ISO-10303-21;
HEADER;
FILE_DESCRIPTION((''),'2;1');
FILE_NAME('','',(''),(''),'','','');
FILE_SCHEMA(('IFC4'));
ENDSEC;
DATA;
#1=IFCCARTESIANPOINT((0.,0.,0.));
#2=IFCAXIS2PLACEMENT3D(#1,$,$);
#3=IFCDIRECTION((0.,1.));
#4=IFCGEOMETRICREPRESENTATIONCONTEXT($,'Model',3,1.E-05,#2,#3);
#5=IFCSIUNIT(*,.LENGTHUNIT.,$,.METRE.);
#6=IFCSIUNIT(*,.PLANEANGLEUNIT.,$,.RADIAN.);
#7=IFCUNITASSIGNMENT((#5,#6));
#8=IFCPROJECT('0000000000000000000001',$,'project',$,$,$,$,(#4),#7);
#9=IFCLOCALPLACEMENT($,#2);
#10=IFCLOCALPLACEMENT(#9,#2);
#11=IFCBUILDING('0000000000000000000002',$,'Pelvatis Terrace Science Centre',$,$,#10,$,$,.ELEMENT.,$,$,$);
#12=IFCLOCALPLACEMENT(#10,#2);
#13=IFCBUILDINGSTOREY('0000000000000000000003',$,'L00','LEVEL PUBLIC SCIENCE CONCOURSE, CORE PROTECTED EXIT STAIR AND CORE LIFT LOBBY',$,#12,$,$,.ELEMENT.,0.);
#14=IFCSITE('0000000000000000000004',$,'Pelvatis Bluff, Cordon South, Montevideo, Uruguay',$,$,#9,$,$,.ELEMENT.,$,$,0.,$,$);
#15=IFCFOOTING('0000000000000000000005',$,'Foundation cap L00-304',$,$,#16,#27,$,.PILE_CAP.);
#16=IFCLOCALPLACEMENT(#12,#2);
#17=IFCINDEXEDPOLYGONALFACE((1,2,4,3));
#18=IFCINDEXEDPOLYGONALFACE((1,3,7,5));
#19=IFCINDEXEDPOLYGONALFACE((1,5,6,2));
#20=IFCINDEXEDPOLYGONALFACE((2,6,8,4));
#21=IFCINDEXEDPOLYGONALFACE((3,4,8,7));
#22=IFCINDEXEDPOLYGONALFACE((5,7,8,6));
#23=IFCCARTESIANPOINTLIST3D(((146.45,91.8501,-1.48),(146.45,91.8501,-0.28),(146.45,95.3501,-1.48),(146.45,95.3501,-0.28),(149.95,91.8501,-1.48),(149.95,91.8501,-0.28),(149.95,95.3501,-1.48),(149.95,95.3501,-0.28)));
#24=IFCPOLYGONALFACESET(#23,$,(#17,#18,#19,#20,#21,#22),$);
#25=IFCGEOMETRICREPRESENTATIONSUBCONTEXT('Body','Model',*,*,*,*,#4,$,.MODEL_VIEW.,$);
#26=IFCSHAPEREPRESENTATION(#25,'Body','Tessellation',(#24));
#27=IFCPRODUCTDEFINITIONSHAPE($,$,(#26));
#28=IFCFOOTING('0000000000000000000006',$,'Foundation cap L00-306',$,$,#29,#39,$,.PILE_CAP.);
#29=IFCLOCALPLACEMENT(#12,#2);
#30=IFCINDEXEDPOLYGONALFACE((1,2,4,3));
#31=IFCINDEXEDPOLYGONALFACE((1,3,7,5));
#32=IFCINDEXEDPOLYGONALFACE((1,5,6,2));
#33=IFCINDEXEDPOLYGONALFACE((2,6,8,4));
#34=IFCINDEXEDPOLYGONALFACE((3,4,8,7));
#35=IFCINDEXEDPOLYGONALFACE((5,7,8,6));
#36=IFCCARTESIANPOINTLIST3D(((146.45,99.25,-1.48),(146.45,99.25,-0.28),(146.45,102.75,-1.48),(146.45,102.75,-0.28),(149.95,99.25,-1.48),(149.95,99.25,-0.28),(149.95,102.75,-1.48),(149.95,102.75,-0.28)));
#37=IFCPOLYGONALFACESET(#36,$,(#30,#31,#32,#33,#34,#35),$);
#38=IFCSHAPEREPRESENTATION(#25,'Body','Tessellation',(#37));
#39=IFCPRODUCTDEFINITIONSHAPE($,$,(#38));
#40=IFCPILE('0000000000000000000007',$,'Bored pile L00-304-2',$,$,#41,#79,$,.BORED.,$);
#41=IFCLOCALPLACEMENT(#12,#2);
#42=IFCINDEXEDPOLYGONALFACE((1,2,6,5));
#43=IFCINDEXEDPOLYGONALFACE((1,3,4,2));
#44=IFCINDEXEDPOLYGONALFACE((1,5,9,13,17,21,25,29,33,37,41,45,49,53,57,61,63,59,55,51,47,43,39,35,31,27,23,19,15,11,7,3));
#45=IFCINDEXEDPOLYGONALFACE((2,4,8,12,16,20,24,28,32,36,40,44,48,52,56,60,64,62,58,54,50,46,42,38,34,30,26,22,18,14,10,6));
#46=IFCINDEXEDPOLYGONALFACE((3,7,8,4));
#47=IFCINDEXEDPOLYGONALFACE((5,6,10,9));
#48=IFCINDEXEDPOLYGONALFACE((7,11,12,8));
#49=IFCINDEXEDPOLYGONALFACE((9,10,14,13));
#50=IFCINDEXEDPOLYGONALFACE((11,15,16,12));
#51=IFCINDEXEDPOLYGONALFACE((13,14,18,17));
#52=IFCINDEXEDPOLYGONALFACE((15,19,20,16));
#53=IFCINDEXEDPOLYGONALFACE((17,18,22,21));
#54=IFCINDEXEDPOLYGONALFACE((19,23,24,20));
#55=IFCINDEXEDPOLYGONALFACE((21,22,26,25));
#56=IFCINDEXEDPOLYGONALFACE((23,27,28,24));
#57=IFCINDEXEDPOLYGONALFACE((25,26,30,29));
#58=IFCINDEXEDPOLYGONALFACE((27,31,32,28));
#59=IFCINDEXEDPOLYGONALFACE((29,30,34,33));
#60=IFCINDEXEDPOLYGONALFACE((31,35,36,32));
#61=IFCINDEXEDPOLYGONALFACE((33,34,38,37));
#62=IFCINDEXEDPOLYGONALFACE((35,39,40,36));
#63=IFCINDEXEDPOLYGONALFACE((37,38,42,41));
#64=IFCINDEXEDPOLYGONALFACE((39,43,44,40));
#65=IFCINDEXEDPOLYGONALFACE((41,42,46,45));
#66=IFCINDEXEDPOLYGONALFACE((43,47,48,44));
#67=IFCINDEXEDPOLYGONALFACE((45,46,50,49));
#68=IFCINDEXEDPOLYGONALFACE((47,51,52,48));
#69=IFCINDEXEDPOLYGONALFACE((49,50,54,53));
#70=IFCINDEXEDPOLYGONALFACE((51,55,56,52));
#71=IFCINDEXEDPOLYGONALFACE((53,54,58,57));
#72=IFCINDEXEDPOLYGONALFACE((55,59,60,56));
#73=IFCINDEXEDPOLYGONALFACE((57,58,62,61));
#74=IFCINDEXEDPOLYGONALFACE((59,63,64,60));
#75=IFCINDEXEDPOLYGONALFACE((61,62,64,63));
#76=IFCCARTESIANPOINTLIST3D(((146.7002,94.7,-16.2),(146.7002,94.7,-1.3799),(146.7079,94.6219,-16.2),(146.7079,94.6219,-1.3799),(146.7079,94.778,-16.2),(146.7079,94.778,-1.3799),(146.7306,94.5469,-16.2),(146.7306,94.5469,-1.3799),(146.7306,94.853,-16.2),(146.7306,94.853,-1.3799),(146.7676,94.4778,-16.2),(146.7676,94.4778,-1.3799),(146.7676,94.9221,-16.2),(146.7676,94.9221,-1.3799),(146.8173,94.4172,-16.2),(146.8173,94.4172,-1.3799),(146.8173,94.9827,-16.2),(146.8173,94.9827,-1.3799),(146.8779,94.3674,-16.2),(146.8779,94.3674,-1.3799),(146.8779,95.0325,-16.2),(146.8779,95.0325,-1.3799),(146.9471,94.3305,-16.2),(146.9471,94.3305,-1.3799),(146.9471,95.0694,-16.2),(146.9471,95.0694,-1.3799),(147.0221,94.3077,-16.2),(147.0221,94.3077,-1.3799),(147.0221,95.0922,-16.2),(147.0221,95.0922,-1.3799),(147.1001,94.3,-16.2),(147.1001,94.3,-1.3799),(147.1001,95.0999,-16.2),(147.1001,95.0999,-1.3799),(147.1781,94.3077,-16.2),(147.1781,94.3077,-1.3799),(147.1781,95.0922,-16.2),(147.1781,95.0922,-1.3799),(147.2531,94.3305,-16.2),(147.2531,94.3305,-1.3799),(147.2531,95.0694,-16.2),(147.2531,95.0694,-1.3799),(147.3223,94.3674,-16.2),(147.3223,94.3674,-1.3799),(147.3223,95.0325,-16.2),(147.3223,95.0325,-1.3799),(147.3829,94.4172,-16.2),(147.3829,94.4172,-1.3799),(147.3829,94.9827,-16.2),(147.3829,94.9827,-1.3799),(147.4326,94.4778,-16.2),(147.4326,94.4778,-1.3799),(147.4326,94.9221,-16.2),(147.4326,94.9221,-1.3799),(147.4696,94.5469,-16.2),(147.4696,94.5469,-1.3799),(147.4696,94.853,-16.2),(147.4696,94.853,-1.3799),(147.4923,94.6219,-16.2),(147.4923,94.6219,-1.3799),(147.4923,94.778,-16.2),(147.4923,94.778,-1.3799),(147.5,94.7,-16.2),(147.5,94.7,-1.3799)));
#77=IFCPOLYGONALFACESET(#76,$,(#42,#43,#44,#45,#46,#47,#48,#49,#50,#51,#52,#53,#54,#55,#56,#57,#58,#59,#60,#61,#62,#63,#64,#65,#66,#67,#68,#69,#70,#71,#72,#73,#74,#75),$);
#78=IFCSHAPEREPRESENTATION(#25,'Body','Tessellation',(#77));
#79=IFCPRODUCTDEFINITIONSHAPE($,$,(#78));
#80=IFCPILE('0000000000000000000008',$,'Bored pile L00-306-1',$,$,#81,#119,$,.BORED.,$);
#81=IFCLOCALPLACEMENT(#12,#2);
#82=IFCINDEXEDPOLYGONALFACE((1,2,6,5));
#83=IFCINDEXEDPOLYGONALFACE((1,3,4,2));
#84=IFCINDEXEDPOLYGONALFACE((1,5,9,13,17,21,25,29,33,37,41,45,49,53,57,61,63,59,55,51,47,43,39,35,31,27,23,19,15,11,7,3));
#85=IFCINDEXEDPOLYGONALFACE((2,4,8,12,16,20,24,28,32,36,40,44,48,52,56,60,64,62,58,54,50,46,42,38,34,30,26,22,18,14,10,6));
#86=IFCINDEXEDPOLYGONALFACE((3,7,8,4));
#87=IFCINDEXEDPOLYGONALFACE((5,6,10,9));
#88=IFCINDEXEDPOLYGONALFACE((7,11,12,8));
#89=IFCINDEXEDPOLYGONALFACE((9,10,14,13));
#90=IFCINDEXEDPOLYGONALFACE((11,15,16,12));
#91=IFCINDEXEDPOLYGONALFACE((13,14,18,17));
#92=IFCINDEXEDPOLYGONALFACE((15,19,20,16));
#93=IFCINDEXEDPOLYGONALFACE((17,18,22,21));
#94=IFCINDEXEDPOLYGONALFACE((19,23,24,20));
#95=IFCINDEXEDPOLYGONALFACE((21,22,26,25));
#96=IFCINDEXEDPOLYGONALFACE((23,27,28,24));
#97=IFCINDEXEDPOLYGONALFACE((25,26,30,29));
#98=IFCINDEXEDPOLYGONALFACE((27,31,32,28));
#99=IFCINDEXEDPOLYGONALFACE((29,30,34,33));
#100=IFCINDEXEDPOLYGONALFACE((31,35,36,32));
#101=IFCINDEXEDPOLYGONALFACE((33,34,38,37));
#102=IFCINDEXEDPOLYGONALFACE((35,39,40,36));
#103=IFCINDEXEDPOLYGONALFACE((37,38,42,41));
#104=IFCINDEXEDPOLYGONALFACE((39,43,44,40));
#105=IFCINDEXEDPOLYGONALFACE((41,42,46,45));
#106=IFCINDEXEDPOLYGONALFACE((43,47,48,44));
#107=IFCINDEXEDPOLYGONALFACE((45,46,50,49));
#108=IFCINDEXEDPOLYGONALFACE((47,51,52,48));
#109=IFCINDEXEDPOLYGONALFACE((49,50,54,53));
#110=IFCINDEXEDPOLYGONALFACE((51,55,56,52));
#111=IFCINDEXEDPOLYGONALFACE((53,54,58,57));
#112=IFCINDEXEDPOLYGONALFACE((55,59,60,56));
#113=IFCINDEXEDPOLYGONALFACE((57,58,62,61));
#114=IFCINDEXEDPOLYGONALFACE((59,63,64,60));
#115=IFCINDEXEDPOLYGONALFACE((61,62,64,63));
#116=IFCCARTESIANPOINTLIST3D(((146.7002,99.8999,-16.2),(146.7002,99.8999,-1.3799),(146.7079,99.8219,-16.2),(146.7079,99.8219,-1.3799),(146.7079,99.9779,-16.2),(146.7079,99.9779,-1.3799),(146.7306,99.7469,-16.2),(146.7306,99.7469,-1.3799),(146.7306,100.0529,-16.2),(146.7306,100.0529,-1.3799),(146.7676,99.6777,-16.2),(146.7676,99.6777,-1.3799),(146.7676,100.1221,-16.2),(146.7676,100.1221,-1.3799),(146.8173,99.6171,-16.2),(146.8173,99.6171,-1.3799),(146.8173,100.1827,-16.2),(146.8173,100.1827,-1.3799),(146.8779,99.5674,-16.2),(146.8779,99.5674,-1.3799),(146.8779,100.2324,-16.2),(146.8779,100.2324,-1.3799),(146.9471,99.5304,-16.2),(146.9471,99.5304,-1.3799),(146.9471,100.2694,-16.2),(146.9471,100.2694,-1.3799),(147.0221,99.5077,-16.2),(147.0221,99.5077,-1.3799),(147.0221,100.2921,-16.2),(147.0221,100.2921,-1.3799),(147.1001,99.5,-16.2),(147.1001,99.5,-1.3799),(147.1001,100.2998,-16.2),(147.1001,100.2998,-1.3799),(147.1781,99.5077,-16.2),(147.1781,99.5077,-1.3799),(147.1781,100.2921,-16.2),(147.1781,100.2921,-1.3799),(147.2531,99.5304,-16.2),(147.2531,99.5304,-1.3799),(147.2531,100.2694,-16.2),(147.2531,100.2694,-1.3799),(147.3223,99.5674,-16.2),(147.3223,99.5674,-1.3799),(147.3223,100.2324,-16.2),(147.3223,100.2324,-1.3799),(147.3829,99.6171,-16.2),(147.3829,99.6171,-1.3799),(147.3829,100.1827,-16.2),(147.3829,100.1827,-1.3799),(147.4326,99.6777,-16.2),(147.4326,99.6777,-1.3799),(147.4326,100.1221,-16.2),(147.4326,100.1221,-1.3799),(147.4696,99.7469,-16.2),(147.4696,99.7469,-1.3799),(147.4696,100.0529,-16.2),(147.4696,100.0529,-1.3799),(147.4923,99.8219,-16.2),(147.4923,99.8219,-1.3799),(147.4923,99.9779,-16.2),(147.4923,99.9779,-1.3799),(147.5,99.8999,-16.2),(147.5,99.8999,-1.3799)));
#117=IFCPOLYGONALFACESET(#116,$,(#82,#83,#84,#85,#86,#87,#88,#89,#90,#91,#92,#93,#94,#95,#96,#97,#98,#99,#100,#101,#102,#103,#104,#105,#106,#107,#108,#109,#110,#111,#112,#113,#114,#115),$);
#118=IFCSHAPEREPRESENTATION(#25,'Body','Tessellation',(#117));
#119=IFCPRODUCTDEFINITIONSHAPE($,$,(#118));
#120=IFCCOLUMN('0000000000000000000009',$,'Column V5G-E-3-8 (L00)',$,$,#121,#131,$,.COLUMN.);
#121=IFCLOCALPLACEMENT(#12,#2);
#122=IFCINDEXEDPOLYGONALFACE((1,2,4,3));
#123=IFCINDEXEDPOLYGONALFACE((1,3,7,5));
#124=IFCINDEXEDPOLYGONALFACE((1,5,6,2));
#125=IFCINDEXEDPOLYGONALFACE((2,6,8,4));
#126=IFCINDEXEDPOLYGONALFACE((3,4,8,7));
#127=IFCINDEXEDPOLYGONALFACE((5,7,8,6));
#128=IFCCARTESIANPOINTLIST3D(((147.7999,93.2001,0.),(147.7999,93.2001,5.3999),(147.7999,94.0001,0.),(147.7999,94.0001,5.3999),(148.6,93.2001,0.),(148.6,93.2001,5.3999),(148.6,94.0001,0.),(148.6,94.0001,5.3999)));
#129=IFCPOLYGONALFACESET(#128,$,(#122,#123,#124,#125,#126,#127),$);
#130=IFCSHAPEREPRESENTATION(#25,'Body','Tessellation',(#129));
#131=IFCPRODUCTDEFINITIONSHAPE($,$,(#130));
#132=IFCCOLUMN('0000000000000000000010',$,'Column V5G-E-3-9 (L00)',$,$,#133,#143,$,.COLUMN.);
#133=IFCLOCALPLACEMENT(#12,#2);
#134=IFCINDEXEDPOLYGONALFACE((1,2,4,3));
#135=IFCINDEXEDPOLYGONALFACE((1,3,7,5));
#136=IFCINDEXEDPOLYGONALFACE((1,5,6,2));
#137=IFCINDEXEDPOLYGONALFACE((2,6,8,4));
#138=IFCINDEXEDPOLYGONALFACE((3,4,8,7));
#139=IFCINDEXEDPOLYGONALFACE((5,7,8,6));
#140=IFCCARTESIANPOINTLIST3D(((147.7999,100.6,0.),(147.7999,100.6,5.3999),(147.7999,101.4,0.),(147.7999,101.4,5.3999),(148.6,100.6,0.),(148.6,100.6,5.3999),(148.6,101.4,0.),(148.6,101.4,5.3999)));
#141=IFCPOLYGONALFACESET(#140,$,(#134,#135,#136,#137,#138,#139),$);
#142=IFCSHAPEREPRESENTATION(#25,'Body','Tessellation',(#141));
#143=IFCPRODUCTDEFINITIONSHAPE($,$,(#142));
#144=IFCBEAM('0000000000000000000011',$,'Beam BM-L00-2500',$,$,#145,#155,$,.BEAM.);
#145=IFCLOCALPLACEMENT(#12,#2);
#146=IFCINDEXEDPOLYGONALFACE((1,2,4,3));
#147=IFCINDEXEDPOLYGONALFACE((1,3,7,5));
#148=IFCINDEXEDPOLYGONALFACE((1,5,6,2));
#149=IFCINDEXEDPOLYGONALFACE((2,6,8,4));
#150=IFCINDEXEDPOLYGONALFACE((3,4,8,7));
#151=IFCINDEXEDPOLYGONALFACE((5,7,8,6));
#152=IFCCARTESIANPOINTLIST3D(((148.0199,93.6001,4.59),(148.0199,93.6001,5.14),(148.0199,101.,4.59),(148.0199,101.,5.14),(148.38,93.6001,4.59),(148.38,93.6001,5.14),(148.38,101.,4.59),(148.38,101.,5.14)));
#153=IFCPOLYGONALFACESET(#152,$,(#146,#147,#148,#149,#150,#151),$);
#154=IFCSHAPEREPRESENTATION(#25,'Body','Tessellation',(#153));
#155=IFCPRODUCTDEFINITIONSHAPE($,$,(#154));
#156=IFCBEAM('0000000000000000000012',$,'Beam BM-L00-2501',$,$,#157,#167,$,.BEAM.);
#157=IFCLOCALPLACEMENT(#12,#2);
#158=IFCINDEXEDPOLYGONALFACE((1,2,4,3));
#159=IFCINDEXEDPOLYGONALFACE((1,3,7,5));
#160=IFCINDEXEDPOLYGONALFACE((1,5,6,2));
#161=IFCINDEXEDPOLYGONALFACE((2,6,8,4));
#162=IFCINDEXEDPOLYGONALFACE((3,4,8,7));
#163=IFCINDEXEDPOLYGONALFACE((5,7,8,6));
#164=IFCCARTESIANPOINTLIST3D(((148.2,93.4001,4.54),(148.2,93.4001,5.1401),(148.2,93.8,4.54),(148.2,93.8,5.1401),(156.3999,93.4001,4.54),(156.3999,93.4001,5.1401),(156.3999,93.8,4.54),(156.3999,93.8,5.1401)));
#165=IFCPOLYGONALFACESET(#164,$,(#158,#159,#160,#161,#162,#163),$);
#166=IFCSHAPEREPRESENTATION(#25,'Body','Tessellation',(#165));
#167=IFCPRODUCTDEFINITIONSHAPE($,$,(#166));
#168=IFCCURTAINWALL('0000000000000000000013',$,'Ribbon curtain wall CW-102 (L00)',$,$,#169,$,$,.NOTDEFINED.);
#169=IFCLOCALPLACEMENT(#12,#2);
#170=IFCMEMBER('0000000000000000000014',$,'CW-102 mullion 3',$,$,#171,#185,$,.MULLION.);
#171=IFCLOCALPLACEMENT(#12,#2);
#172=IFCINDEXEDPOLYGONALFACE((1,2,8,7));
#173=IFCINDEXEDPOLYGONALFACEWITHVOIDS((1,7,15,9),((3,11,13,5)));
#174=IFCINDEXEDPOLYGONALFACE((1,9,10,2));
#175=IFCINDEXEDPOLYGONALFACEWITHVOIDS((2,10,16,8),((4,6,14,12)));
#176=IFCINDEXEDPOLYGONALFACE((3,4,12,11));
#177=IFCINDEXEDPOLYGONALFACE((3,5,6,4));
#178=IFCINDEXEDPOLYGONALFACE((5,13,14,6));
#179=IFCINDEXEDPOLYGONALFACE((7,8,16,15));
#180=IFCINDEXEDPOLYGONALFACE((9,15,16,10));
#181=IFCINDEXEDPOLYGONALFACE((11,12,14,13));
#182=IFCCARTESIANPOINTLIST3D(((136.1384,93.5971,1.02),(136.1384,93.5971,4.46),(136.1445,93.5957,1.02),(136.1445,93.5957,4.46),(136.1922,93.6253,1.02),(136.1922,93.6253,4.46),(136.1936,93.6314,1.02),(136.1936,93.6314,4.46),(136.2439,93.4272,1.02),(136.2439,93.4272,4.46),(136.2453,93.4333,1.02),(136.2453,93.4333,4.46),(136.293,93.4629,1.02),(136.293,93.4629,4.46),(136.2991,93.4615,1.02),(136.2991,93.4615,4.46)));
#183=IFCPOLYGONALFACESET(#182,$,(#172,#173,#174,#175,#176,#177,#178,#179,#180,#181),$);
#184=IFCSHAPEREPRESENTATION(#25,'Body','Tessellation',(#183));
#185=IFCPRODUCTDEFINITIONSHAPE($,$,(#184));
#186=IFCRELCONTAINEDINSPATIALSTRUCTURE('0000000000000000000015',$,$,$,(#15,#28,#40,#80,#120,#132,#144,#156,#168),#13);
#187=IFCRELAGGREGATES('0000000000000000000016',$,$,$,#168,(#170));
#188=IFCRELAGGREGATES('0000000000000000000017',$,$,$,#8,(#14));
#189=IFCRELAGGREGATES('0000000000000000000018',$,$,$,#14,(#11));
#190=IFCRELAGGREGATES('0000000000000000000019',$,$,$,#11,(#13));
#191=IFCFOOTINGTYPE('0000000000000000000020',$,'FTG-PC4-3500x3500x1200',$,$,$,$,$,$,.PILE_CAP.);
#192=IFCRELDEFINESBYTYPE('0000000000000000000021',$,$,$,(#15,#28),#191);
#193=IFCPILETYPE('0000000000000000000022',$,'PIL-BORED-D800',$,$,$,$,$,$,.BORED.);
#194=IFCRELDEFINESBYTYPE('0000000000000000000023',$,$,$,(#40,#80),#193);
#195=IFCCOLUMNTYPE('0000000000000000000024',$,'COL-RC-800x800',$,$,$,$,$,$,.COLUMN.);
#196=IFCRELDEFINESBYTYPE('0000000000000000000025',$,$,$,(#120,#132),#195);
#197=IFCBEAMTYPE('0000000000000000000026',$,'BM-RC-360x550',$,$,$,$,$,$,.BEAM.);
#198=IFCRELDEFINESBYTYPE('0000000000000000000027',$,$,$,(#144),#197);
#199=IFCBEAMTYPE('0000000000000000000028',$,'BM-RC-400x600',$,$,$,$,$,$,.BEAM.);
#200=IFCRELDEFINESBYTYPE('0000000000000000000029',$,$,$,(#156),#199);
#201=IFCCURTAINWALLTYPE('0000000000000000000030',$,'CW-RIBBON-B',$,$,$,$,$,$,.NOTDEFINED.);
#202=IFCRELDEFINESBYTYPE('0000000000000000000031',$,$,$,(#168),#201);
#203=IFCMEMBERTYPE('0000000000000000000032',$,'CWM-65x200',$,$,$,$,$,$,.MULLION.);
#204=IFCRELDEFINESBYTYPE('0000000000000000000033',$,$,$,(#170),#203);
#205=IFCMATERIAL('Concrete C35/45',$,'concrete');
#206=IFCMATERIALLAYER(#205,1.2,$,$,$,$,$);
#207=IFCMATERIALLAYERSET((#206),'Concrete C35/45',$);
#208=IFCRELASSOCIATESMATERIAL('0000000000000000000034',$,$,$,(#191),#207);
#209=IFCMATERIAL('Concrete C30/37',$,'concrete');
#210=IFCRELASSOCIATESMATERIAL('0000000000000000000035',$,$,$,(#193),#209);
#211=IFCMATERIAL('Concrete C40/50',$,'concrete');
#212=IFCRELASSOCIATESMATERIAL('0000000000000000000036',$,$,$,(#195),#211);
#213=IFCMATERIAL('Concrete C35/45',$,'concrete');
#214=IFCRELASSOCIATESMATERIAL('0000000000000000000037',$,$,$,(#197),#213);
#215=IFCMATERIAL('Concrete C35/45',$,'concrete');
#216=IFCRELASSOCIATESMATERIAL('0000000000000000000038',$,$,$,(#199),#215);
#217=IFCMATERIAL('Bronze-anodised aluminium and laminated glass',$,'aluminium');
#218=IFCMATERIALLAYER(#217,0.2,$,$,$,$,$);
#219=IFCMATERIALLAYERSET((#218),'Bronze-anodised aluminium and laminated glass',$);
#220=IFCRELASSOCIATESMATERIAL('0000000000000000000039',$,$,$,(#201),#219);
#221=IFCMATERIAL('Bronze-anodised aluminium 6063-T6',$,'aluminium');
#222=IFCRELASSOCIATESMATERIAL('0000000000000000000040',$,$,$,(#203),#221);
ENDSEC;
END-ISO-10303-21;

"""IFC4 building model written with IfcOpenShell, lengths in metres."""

from ifc_helpers import new_model, si_unit, direction, frame, origin, origin_2d, place, context, subcontext, project, spatial, rectangle, hollow_rectangle, circle, extrude, material, layer, layer_set, material_profile, profile_set, type_object, element, aggregate, save


model = new_model("IFC4")

# Units and contexts
model_context = context("Model", 3, precision=1e-05, world=origin(), true_north=direction((0.0, 1.0)))
body_context = subcontext(model_context, "Body", "Model", "MODEL_VIEW")
ifc_project = project(units=[si_unit("LENGTHUNIT", "METRE"), si_unit("PLANEANGLEUNIT", "RADIAN")], contexts=[model_context])

# Site, building, storey
site_placement = place(None, origin())
site = spatial("IfcSite", under=ifc_project, at=site_placement, Name="Pelvatis Bluff, Cordon South, Montevideo, Uruguay", CompositionType="ELEMENT", RefElevation=0.0)
building_placement = place(site_placement, origin())
building = spatial("IfcBuilding", under=site, at=building_placement, Name="Pelvatis Terrace Science Centre", CompositionType="ELEMENT")
storey_placement = place(building_placement, origin())
storey = spatial("IfcBuildingStorey", under=building, at=storey_placement, Name="L00", Description="LEVEL PUBLIC SCIENCE CONCOURSE, CORE PROTECTED EXIT STAIR AND CORE LIFT LOBBY", CompositionType="ELEMENT", Elevation=0.0)

# Footings
ifc_material_1 = material(Name="Concrete C35/45", Category="concrete")
ifc_layer_1 = layer(ifc_material_1, 1.2)
ifc_layer_set_1 = layer_set([ifc_layer_1], Name="Concrete C35/45")
footing_type = type_object("IfcFootingType", Name="FTG-PC4-3500x3500x1200", PredefinedType="PILE_CAP", material=ifc_layer_set_1)
for number, where, z_axis, x_axis, name in (
    (1, (148.2, 93.6001, -1.48), (0.0, 0.0, 1.0), (1.0, 0.0, 0.0), "Foundation cap L00-304"),
    (2, (148.2, 101.0, -1.48), (0.0, 0.0, 1.0), (1.0, 0.0, 0.0), "Foundation cap L00-306"),
):
    element("IfcFooting", number, at=place(storey_placement, frame(where, z_axis=z_axis, x_axis=x_axis)), inside=storey, type_object=footing_type, Name=name, PredefinedType="PILE_CAP", context=body_context, shape_type="SweptSolid", body=[
        extrude(rectangle(XDim=3.5, YDim=3.5, at=origin_2d()), origin(), (0.0, 0.0, 1.0), 1.2),
    ])

# Piles
ifc_material_2 = material(Name="Concrete C30/37", Category="concrete")
ifc_material_profile_1 = material_profile(ifc_material_2, circle(Radius=0.3999, at=origin_2d()), Name="PILE D800")
ifc_profile_set_1 = profile_set([ifc_material_profile_1], Name="Concrete C30/37")
pile_type = type_object("IfcPileType", Name="PIL-BORED-D800", PredefinedType="BORED", material=ifc_profile_set_1)
for number, where, z_axis, x_axis, name in (
    (3, (147.1001, 94.7, -1.3799), (0.0, 0.0, -1.0), (1.0, 0.0, 0.0), "Bored pile L00-304-2"),
    (4, (147.1001, 99.8999, -1.3799), (0.0, 0.0, -1.0), (1.0, 0.0, 0.0), "Bored pile L00-306-1"),
):
    element("IfcPile", number, at=place(storey_placement, frame(where, z_axis=z_axis, x_axis=x_axis)), inside=storey, type_object=pile_type, Name=name, PredefinedType="BORED", context=body_context, shape_type="SweptSolid", body=[
        extrude(circle(Radius=0.3999, at=origin_2d()), origin(), (0.0, 0.0, 1.0), 14.8201),
    ])

# Columns
ifc_material_3 = material(Name="Concrete C40/50", Category="concrete")
ifc_material_profile_2 = material_profile(ifc_material_3, rectangle(XDim=0.8, YDim=0.8, at=origin_2d()), Name="RC-COL 800x800")
ifc_profile_set_2 = profile_set([ifc_material_profile_2], Name="Concrete C40/50")
column_type = type_object("IfcColumnType", Name="COL-RC-800x800", PredefinedType="COLUMN", material=ifc_profile_set_2)
for number, where, z_axis, x_axis, name in (
    (5, (148.2, 93.6001, 0.0), (0.0, 0.0, 1.0), (1.0, 0.0, 0.0), "Column V5G-E-3-8 (L00)"),
    (6, (148.2, 101.0, 0.0), (0.0, 0.0, 1.0), (1.0, 0.0, 0.0), "Column V5G-E-3-9 (L00)"),
):
    element("IfcColumn", number, at=place(storey_placement, frame(where, z_axis=z_axis, x_axis=x_axis)), inside=storey, type_object=column_type, Name=name, PredefinedType="COLUMN", context=body_context, shape_type="SweptSolid", body=[
        extrude(rectangle(XDim=0.8, YDim=0.8, at=origin_2d()), origin(), (0.0, 0.0, 1.0), 5.3999),
    ])

# Beams
ifc_material_4 = material(Name="Concrete C35/45", Category="concrete")
ifc_material_profile_3 = material_profile(ifc_material_4, rectangle(XDim=0.3601, YDim=0.55, at=origin_2d()), Name="RC-BM 360x550")
ifc_profile_set_3 = profile_set([ifc_material_profile_3], Name="Concrete C35/45")
beam_type_1 = type_object("IfcBeamType", Name="BM-RC-360x550", PredefinedType="BEAM", material=ifc_profile_set_3)
beam_1_placement = place(storey_placement, frame((148.2, 93.6001, 4.865), z_axis=(0.0, 1.0, 0.0), x_axis=(-1.0, 0.0, 0.0)))
element("IfcBeam", 7, at=beam_1_placement, inside=storey, type_object=beam_type_1, Name="Beam BM-L00-2500", PredefinedType="BEAM", context=body_context, shape_type="SweptSolid", body=[
    extrude(rectangle(XDim=0.3601, YDim=0.55, at=origin_2d()), origin(), (0.0, 0.0, 1.0), 7.3999),
])
ifc_material_5 = material(Name="Concrete C35/45", Category="concrete")
ifc_material_profile_4 = material_profile(ifc_material_5, rectangle(XDim=0.3999, YDim=0.6001, at=origin_2d()), Name="RC-BM 400x600")
ifc_profile_set_4 = profile_set([ifc_material_profile_4], Name="Concrete C35/45")
beam_type_2 = type_object("IfcBeamType", Name="BM-RC-400x600", PredefinedType="BEAM", material=ifc_profile_set_4)
beam_2_placement = place(storey_placement, frame((148.2, 93.6001, 4.8401), z_axis=(1.0, 0.0, 0.0), x_axis=(0.0, 1.0, 0.0)))
element("IfcBeam", 8, at=beam_2_placement, inside=storey, type_object=beam_type_2, Name="Beam BM-L00-2501", PredefinedType="BEAM", context=body_context, shape_type="SweptSolid", body=[
    extrude(rectangle(XDim=0.3999, YDim=0.6001, at=origin_2d()), origin(), (0.0, 0.0, 1.0), 8.2),
])

# Curtain wall, member
ifc_material_6 = material(Name="Bronze-anodised aluminium and laminated glass", Category="aluminium")
ifc_layer_2 = layer(ifc_material_6, 0.2)
ifc_layer_set_2 = layer_set([ifc_layer_2], Name="Bronze-anodised aluminium and laminated glass")
curtain_wall_type = type_object("IfcCurtainWallType", Name="CW-RIBBON-B", PredefinedType="NOTDEFINED", material=ifc_layer_set_2)
curtain_wall_placement = place(storey_placement, origin())
curtain_wall = element("IfcCurtainWall", 9, at=curtain_wall_placement, inside=storey, type_object=curtain_wall_type, Name="Ribbon curtain wall CW-102 (L00)", PredefinedType="NOTDEFINED")
ifc_material_7 = material(Name="Bronze-anodised aluminium 6063-T6", Category="aluminium")
ifc_material_profile_5 = material_profile(ifc_material_7, hollow_rectangle(XDim=0.0649, YDim=0.2, WallThickness=0.0044, at=origin_2d()), Name="ALU-MUL 65x200")
ifc_profile_set_5 = profile_set([ifc_material_profile_5], Name="Bronze-anodised aluminium 6063-T6")
member_type_1 = type_object("IfcMemberType", Name="CWM-65x200", PredefinedType="MULLION", material=ifc_profile_set_5)
member_1_placement = place(storey_placement, frame((136.2188, 93.5293, 1.02), z_axis=(0.0, 0.0, 1.0), x_axis=(-0.849586, -0.52745, 0.0)))
member_1 = element("IfcMember", 10, at=member_1_placement, type_object=member_type_1, Name="CW-102 mullion 3", PredefinedType="MULLION", context=body_context, shape_type="SweptSolid", body=[
    extrude(hollow_rectangle(XDim=0.0649, YDim=0.2, WallThickness=0.0044, at=origin_2d()), origin(), (0.0, 0.0, 1.0), 3.4399),
])
aggregate(curtain_wall, [member_1])

save(model, "model.ifc")
